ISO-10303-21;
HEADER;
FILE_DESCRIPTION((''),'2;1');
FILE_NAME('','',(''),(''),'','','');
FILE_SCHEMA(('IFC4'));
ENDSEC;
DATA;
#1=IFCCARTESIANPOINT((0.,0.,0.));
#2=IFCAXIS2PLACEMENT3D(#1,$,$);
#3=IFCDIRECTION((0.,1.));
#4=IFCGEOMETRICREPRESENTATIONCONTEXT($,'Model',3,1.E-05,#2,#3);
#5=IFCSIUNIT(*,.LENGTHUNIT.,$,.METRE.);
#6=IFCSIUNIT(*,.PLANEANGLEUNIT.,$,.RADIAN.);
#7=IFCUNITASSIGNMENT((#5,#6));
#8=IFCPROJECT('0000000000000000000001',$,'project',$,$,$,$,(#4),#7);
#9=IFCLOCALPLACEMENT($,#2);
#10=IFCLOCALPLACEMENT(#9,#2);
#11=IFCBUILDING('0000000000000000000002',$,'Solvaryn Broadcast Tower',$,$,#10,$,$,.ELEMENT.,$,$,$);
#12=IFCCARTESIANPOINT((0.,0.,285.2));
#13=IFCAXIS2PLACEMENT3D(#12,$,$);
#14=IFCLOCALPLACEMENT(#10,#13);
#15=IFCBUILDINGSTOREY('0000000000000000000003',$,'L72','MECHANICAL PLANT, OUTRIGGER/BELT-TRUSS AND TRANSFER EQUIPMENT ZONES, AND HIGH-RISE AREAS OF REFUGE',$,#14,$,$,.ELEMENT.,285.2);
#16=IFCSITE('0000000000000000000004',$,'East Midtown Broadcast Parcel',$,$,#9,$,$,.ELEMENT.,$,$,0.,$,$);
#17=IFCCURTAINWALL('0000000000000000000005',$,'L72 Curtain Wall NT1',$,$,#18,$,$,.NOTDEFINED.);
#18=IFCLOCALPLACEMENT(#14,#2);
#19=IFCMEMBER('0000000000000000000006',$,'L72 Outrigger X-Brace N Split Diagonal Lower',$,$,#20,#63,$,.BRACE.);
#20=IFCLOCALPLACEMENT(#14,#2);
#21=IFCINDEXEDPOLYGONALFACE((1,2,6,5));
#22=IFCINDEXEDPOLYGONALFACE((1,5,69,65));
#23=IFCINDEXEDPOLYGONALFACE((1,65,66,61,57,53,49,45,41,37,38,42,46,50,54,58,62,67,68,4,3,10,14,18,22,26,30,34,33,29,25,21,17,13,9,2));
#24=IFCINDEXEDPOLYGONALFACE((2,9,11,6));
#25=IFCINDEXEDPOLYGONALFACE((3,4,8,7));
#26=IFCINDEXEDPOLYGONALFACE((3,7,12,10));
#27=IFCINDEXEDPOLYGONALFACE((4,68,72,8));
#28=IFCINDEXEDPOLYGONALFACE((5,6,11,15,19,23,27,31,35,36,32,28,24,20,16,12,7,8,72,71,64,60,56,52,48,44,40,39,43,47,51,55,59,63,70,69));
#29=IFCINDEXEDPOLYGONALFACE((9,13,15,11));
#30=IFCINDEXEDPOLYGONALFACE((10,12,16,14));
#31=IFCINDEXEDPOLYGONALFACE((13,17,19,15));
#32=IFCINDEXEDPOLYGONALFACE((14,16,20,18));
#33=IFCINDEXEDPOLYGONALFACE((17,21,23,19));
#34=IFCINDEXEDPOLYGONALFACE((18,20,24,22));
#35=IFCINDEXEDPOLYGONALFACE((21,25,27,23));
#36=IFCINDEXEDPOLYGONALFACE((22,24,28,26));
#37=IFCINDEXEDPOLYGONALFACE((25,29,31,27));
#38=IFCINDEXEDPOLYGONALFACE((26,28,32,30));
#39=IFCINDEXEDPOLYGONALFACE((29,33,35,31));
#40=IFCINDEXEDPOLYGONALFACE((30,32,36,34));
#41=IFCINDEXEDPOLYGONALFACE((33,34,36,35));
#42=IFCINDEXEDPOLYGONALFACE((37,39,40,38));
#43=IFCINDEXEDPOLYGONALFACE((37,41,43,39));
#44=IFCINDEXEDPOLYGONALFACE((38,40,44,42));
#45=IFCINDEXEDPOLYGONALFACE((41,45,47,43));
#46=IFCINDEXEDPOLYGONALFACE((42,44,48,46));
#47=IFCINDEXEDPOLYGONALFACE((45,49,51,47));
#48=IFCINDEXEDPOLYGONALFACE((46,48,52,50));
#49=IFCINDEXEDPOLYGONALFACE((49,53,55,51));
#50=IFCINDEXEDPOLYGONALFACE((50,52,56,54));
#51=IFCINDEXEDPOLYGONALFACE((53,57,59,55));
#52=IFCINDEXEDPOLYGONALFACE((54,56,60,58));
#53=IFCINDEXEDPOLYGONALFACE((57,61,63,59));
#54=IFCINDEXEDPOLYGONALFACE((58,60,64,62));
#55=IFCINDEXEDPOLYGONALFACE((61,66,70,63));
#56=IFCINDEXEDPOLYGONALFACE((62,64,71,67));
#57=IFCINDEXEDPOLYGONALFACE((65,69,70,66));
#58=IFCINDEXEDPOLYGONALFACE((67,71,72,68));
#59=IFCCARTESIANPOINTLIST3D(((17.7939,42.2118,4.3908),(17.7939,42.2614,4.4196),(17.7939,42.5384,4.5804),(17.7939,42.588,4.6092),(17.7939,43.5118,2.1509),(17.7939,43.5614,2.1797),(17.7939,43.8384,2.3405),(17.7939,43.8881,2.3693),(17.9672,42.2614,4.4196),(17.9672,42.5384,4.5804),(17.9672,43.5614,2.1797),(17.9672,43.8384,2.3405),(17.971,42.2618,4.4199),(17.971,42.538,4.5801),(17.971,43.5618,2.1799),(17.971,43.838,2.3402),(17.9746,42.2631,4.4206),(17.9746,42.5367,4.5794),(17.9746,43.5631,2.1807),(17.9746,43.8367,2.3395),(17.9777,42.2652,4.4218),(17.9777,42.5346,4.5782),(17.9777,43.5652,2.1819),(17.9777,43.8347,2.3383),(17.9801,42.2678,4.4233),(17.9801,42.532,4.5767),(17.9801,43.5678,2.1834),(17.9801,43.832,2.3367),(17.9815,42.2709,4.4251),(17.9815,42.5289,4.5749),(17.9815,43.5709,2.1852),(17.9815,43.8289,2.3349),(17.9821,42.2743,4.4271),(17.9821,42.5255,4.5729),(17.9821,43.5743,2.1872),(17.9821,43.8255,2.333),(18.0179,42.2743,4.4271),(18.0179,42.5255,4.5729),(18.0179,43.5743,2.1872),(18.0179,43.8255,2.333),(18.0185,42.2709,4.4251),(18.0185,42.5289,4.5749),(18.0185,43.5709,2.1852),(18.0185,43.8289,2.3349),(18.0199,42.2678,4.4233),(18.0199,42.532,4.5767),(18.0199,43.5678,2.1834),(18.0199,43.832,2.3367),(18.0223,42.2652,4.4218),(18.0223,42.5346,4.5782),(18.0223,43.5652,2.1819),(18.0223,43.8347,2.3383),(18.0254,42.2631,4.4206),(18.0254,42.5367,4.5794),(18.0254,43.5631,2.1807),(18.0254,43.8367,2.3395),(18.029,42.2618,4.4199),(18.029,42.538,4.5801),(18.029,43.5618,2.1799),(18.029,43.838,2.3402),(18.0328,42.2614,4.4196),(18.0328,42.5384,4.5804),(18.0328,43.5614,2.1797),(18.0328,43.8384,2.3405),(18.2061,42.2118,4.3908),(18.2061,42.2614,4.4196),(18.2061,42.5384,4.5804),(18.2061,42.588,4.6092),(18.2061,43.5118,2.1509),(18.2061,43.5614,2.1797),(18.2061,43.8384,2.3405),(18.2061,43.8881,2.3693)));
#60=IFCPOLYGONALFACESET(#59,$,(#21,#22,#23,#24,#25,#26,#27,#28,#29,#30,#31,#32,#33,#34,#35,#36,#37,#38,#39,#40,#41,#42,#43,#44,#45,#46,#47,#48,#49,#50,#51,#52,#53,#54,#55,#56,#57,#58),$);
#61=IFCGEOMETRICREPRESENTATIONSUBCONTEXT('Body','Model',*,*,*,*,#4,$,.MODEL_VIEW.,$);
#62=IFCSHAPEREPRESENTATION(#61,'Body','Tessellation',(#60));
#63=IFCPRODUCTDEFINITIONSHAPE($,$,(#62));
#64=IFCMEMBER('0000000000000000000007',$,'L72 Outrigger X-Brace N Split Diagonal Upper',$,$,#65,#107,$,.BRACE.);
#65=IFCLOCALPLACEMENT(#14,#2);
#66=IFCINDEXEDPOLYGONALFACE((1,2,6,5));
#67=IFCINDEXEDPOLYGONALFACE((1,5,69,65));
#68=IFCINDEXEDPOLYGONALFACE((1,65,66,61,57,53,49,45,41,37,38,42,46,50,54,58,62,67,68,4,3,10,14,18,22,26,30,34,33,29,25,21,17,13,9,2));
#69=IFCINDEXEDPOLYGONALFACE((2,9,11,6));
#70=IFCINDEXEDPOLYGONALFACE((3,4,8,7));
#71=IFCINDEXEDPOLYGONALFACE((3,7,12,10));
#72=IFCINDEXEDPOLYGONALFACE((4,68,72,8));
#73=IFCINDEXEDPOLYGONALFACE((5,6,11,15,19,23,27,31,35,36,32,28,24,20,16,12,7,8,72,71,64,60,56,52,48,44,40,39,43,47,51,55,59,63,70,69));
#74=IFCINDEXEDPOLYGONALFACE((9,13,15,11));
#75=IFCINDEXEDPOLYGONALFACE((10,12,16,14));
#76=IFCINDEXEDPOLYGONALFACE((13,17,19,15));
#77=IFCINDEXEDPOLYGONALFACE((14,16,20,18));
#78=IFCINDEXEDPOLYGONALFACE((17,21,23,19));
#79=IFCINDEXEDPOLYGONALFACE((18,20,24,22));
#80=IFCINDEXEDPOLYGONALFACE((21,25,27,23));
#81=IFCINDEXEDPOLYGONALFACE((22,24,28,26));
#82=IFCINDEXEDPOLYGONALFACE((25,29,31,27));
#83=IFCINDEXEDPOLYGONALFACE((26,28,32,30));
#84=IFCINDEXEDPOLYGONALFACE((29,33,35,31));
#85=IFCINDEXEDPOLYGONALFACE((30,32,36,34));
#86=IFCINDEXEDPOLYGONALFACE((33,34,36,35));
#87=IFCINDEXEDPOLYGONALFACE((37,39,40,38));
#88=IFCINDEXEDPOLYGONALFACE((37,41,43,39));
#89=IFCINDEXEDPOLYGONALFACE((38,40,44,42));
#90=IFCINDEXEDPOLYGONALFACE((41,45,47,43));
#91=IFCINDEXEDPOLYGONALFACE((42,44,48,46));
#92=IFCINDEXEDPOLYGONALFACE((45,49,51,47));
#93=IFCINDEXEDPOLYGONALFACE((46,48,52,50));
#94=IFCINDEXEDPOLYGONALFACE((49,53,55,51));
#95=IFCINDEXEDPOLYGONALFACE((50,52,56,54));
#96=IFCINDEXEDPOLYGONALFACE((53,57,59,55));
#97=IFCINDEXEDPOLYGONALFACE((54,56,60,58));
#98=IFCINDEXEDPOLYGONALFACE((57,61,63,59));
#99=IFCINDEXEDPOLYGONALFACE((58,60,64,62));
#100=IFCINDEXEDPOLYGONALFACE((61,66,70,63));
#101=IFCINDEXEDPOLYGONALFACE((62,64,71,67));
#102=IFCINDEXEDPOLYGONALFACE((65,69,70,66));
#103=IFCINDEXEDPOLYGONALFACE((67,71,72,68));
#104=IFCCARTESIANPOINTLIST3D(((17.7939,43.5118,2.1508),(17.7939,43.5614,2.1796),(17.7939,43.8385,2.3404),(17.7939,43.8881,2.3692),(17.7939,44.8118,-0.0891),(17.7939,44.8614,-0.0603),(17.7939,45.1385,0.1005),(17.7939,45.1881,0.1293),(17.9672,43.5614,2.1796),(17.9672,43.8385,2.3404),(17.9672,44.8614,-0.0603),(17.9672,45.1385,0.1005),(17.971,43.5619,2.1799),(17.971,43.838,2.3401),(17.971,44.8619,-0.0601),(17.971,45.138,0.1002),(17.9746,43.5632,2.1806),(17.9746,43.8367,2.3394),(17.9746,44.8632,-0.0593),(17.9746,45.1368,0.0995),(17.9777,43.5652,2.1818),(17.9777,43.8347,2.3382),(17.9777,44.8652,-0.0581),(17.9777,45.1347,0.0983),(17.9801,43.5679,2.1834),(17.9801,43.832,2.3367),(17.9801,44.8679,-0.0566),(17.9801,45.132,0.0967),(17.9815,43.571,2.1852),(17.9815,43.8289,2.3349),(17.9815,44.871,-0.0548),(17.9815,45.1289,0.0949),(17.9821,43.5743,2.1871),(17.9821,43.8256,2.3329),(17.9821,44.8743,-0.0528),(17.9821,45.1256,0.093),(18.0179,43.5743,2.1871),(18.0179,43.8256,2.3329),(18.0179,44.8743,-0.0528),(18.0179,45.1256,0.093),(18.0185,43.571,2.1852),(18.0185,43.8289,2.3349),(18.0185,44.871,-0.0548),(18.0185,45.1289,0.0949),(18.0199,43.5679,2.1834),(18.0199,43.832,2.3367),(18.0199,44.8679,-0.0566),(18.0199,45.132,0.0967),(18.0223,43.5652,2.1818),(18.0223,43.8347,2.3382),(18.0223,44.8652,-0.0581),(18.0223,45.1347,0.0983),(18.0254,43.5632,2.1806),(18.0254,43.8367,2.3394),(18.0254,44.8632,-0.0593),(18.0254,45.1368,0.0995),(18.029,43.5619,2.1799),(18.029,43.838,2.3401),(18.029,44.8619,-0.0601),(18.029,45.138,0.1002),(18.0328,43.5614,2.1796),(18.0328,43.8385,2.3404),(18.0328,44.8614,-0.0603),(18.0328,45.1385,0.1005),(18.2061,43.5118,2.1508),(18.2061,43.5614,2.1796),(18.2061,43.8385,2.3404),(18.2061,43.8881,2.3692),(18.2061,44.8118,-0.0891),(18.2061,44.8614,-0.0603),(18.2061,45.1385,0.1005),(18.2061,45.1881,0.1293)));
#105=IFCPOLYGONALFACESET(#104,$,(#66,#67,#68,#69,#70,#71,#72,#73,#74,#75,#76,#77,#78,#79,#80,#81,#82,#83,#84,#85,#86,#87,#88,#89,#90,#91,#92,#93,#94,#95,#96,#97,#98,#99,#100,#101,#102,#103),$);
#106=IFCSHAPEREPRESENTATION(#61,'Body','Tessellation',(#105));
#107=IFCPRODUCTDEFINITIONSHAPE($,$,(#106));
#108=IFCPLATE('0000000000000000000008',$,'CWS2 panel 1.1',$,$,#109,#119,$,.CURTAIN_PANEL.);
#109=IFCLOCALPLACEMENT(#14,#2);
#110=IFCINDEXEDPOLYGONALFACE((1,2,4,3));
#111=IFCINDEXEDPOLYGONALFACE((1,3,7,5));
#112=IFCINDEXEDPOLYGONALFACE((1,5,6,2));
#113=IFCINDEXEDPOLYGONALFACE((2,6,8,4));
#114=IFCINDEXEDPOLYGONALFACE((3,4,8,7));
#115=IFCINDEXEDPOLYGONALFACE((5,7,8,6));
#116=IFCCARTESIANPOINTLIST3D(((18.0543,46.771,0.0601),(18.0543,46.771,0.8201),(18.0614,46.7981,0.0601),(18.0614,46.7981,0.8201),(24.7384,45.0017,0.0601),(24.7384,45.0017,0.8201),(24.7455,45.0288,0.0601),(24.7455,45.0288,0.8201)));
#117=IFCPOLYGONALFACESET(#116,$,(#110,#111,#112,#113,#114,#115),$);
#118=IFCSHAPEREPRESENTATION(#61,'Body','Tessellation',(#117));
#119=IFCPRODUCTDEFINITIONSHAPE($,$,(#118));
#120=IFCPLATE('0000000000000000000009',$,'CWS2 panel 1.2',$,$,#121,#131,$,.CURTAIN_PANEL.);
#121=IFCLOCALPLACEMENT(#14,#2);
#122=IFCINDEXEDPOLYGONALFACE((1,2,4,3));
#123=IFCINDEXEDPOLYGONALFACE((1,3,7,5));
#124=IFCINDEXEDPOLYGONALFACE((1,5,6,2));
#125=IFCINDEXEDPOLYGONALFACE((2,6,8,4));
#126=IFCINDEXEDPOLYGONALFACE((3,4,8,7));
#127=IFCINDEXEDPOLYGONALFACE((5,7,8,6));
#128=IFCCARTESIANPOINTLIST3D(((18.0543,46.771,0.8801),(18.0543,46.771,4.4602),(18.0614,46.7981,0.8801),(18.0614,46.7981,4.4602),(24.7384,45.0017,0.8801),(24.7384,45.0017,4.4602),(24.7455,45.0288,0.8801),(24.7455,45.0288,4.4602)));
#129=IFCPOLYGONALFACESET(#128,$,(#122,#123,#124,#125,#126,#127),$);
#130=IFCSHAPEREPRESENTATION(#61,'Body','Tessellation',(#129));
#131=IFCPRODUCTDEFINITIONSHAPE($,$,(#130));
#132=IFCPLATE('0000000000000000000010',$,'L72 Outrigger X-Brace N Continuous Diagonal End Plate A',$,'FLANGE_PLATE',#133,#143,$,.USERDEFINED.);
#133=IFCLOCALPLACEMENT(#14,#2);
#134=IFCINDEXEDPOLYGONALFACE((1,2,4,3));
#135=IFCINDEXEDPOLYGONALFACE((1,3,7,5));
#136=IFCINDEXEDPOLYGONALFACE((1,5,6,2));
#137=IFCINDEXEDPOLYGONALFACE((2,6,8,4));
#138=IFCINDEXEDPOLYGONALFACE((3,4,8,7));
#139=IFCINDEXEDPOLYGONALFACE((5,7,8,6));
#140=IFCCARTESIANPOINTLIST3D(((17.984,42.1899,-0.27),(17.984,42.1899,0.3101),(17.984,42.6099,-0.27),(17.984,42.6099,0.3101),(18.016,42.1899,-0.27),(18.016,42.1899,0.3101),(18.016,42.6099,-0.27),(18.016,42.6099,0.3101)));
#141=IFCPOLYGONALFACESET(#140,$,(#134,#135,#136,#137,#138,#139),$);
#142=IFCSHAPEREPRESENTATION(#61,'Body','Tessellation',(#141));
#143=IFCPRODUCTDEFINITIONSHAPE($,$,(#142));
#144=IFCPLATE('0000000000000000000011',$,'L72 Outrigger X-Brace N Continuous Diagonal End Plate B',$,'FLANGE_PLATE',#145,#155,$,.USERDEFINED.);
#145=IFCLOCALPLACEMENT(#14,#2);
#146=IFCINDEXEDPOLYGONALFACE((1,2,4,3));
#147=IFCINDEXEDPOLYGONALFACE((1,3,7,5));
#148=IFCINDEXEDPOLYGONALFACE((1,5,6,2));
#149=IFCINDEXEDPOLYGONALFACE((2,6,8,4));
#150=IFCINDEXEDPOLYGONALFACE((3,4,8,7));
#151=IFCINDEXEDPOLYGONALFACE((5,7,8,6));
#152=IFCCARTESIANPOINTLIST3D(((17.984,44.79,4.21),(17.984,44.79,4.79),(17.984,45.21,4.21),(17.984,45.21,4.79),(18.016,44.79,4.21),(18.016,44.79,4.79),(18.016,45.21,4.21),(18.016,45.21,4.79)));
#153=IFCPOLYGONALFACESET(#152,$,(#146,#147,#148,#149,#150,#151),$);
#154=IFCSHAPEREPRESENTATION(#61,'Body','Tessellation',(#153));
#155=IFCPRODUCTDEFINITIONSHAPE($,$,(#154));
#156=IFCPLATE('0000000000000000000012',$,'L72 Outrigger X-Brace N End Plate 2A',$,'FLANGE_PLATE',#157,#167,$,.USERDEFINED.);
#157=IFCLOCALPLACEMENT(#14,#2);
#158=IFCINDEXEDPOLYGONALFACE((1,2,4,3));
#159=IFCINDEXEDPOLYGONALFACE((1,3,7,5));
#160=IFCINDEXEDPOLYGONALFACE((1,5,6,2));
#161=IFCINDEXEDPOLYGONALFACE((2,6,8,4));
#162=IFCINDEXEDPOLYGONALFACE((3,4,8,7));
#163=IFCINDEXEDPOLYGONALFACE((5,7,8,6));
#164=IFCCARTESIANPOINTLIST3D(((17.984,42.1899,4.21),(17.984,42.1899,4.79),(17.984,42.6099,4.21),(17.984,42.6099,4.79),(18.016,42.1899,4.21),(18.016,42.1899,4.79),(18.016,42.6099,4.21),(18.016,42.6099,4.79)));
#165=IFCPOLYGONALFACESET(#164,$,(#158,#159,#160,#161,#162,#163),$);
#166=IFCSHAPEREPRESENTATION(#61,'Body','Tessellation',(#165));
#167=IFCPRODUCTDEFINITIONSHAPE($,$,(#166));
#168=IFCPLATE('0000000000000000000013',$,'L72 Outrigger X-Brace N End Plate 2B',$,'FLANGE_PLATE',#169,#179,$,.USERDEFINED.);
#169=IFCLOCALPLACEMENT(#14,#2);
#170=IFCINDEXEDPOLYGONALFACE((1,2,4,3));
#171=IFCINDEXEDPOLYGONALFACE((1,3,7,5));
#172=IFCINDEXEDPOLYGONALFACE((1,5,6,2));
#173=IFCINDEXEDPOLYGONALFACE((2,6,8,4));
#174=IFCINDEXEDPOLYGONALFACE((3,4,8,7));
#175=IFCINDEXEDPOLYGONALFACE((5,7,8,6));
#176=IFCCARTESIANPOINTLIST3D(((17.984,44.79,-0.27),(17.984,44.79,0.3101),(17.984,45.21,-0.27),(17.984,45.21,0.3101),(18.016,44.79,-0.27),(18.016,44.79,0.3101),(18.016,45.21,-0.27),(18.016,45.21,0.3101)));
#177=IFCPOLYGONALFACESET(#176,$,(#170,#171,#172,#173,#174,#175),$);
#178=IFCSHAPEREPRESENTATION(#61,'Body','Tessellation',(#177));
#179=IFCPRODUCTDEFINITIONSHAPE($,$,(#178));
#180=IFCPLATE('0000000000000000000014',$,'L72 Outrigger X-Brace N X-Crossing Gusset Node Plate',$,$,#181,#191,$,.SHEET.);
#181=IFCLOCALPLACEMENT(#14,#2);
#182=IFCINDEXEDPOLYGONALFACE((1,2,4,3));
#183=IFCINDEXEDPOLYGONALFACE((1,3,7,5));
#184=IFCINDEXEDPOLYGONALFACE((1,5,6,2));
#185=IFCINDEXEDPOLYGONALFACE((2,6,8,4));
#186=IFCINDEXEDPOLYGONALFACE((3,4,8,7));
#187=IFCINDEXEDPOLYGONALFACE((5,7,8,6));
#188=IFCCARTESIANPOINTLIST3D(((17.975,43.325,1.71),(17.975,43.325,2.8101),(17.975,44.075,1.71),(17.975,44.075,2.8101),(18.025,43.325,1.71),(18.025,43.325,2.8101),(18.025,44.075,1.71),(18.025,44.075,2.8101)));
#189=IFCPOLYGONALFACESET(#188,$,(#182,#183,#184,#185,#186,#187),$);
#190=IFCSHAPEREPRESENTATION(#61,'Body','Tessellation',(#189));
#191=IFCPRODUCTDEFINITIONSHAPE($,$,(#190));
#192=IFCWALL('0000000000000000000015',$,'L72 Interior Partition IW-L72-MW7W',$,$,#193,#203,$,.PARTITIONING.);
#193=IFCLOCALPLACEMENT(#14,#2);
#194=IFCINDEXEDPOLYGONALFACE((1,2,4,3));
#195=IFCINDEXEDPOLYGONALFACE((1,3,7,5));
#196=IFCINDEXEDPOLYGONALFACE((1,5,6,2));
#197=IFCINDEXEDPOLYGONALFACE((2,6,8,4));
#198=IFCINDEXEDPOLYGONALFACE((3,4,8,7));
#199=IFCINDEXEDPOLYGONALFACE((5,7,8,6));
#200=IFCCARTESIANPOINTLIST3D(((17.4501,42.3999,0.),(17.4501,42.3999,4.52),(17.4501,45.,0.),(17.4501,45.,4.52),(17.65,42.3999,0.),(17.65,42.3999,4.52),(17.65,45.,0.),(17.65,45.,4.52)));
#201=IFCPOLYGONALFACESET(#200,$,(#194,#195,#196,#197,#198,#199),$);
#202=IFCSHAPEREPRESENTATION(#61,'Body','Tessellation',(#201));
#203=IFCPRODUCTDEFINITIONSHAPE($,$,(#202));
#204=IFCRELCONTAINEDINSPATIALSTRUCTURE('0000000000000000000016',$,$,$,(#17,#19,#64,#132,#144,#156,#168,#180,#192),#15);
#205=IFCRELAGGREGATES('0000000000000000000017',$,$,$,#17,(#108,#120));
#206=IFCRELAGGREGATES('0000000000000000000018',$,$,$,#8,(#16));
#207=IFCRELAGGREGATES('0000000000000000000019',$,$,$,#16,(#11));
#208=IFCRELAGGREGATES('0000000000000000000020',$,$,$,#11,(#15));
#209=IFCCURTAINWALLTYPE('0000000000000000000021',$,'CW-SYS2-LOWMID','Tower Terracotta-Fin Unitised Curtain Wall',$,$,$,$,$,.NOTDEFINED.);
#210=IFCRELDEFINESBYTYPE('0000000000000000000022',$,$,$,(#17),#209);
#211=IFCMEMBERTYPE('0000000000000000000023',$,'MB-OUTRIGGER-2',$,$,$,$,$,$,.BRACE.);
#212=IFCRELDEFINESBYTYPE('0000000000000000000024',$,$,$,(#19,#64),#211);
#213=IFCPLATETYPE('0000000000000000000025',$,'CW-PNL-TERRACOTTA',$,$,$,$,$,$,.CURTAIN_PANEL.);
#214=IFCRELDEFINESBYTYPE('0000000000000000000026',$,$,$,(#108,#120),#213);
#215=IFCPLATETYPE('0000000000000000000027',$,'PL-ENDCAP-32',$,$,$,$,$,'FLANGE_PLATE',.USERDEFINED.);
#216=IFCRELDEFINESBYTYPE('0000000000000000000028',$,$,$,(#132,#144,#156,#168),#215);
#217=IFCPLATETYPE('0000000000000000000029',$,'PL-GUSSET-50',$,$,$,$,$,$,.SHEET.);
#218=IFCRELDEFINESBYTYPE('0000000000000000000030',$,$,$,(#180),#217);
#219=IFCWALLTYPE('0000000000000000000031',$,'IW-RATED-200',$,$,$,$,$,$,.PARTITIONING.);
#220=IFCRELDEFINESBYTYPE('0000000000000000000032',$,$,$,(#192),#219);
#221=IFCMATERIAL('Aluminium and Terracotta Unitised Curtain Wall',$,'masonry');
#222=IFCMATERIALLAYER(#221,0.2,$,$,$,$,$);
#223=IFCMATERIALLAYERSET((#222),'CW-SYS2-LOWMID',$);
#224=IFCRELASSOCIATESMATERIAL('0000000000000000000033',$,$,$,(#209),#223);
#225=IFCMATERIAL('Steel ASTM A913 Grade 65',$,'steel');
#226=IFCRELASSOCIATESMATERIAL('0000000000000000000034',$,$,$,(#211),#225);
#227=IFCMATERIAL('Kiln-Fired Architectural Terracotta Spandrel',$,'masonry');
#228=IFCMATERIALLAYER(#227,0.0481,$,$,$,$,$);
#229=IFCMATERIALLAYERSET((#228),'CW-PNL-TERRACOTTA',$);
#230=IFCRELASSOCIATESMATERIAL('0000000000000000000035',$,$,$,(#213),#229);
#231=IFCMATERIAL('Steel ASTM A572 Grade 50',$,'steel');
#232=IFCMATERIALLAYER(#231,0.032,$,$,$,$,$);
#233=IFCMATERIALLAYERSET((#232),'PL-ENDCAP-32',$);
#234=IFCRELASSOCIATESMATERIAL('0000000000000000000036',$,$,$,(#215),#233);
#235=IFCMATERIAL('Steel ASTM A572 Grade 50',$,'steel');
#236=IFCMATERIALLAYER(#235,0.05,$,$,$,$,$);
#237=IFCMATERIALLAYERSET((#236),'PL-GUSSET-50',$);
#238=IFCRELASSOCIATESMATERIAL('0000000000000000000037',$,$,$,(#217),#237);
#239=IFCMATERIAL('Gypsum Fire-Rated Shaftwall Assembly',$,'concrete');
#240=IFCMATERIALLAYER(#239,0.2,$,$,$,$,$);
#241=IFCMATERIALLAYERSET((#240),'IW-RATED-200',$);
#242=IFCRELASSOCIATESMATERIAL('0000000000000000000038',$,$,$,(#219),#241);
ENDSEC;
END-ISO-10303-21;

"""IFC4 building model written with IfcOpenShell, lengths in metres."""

from ifc_helpers import new_model, si_unit, direction, frame, frame_2d, origin, origin_2d, place, context, subcontext, project, spatial, rectangle, i_section, extrude, material, layer, layer_set, material_profile, profile_set, type_object, element, aggregate, save


model = new_model("IFC4")

# Units and contexts
model_context = context("Model", 3, precision=1e-05, world=origin(), true_north=direction((0.0, 1.0)))
body_context = subcontext(model_context, "Body", "Model", "MODEL_VIEW")
ifc_project = project(units=[si_unit("LENGTHUNIT", "METRE"), si_unit("PLANEANGLEUNIT", "RADIAN")], contexts=[model_context])

# Site, building, storey
site_placement = place(None, origin())
site = spatial("IfcSite", under=ifc_project, at=site_placement, Name="East Midtown Broadcast Parcel", CompositionType="ELEMENT", RefElevation=0.0)
building_placement = place(site_placement, origin())
building = spatial("IfcBuilding", under=site, at=building_placement, Name="Solvaryn Broadcast Tower", CompositionType="ELEMENT")
storey_placement = place(building_placement, frame((0.0, 0.0, 285.2)))
storey = spatial("IfcBuildingStorey", under=building, at=storey_placement, Name="L72", Description="MECHANICAL PLANT, OUTRIGGER/BELT-TRUSS AND TRANSFER EQUIPMENT ZONES, AND HIGH-RISE AREAS OF REFUGE", CompositionType="ELEMENT", Elevation=285.2)

# Curtain wall
ifc_material_1 = material(Name="Aluminium and Terracotta Unitised Curtain Wall", Category="masonry")
ifc_layer_1 = layer(ifc_material_1, 0.2)
ifc_layer_set_1 = layer_set([ifc_layer_1], Name="CW-SYS2-LOWMID")
curtain_wall_type = type_object("IfcCurtainWallType", Name="CW-SYS2-LOWMID", Description="Tower Terracotta-Fin Unitised Curtain Wall", PredefinedType="NOTDEFINED", material=ifc_layer_set_1)
curtain_wall_1_placement = place(storey_placement, origin())
curtain_wall_1 = element("IfcCurtainWall", 1, at=curtain_wall_1_placement, inside=storey, type_object=curtain_wall_type, Name="L72 Curtain Wall NT1", PredefinedType="NOTDEFINED")

# Members
ifc_material_2 = material(Name="Steel ASTM A913 Grade 65", Category="steel")
ifc_material_profile_1 = material_profile(ifc_material_2, i_section(OverallWidth=0.4121, OverallDepth=0.4351, WebThickness=0.0359, FlangeThickness=0.0574, FilletRadius=0.0149, at=origin_2d()))
ifc_profile_set_1 = profile_set([ifc_material_profile_1], Name="Steel ASTM A913 Grade 65")
member_type_1 = type_object("IfcMemberType", Name="MB-OUTRIGGER-2", PredefinedType="BRACE", material=ifc_profile_set_1)
for number, where, z_axis, x_axis, name in (
    (2, (18.0, 42.3999, 4.5), (0.0, 0.501965, -0.864888), (-1.0, 0.0, 0.0), "L72 Outrigger X-Brace N Split Diagonal Lower"),
    (3, (18.0, 43.7, 2.26), (0.0, 0.501965, -0.864888), (-1.0, 0.0, 0.0), "L72 Outrigger X-Brace N Split Diagonal Upper"),
):
    element("IfcMember", number, at=place(storey_placement, frame(where, z_axis=z_axis, x_axis=x_axis)), inside=storey, type_object=member_type_1, Name=name, PredefinedType="BRACE", context=body_context, shape_type="SweptSolid", body=[
        extrude(i_section(OverallWidth=0.4121, OverallDepth=0.4351, WebThickness=0.0359, FlangeThickness=0.0574, FilletRadius=0.0149, at=origin_2d()), origin(), (0.0, 0.0, 1.0), 2.5898),
    ])

# Plates
ifc_material_3 = material(Name="Kiln-Fired Architectural Terracotta Spandrel", Category="masonry")
ifc_layer_2 = layer(ifc_material_3, 0.0481)
ifc_layer_set_2 = layer_set([ifc_layer_2], Name="CW-PNL-TERRACOTTA")
plate_type_1 = type_object("IfcPlateType", Name="CW-PNL-TERRACOTTA", PredefinedType="CURTAIN_PANEL", material=ifc_layer_set_2)
plate_1_placement = place(storey_placement, frame((21.3999, 45.8999, 0.0601), z_axis=(0.0, 0.0, 1.0), x_axis=(-0.966705, 0.255893, 0.0)))
plate_1 = element("IfcPlate", 4, at=plate_1_placement, type_object=plate_type_1, Name="CWS2 panel 1.1", PredefinedType="CURTAIN_PANEL", context=body_context, shape_type="SweptSolid", body=[
    extrude(rectangle(XDim=6.9143, YDim=0.0281, at=origin_2d()), origin(), (0.0, 0.0, 1.0), 0.76),
])
plate_2_placement = place(storey_placement, frame((21.3999, 45.8999, 0.8801), z_axis=(0.0, 0.0, 1.0), x_axis=(-0.966705, 0.255893, 0.0)))
plate_2 = element("IfcPlate", 5, at=plate_2_placement, type_object=plate_type_1, Name="CWS2 panel 1.2", PredefinedType="CURTAIN_PANEL", context=body_context, shape_type="SweptSolid", body=[
    extrude(rectangle(XDim=6.9143, YDim=0.0281, at=origin_2d()), origin(), (0.0, 0.0, 1.0), 3.5801),
])
aggregate(curtain_wall_1, [plate_1, plate_2])

# Plates
ifc_material_4 = material(Name="Steel ASTM A572 Grade 50", Category="steel")
ifc_layer_3 = layer(ifc_material_4, 0.032)
ifc_layer_set_3 = layer_set([ifc_layer_3], Name="PL-ENDCAP-32")
plate_type_2 = type_object("IfcPlateType", Name="PL-ENDCAP-32", ElementType="FLANGE_PLATE", PredefinedType="USERDEFINED", material=ifc_layer_set_3)
for number, where, z_axis, x_axis, name in (
    (6, (18.0, 42.3999, -0.27), (0.0, 0.0, 1.0), (1.0, 0.0, 0.0), "L72 Outrigger X-Brace N Continuous Diagonal End Plate A"),
    (7, (18.0, 45.0, 4.21), (0.0, 0.0, 1.0), (1.0, 0.0, 0.0), "L72 Outrigger X-Brace N Continuous Diagonal End Plate B"),
    (8, (18.0, 42.3999, 4.21), (0.0, 0.0, 1.0), (1.0, 0.0, 0.0), "L72 Outrigger X-Brace N End Plate 2A"),
    (9, (18.0, 45.0, -0.27), (0.0, 0.0, 1.0), (1.0, 0.0, 0.0), "L72 Outrigger X-Brace N End Plate 2B"),
):
    element("IfcPlate", number, at=place(storey_placement, frame(where, z_axis=z_axis, x_axis=x_axis)), inside=storey, type_object=plate_type_2, Name=name, ObjectType="FLANGE_PLATE", PredefinedType="USERDEFINED", context=body_context, shape_type="SweptSolid", body=[
        extrude(rectangle(XDim=0.032, YDim=0.4199, at=origin_2d()), origin(), (0.0, 0.0, 1.0), 0.5801),
    ])
ifc_material_5 = material(Name="Steel ASTM A572 Grade 50", Category="steel")
ifc_layer_4 = layer(ifc_material_5, 0.05)
ifc_layer_set_4 = layer_set([ifc_layer_4], Name="PL-GUSSET-50")
plate_type_3 = type_object("IfcPlateType", Name="PL-GUSSET-50", PredefinedType="SHEET", material=ifc_layer_set_4)
plate_3_placement = place(storey_placement, frame((18.0, 43.7, 1.71), z_axis=(0.0, 0.0, 1.0), x_axis=(1.0, 0.0, 0.0)))
element("IfcPlate", 10, at=plate_3_placement, inside=storey, type_object=plate_type_3, Name="L72 Outrigger X-Brace N X-Crossing Gusset Node Plate", PredefinedType="SHEET", context=body_context, shape_type="SweptSolid", body=[
    extrude(rectangle(XDim=0.05, YDim=0.75, at=origin_2d()), origin(), (0.0, 0.0, 1.0), 1.1001),
])

# Wall
ifc_material_6 = material(Name="Gypsum Fire-Rated Shaftwall Assembly", Category="concrete")
ifc_layer_5 = layer(ifc_material_6, 0.2)
ifc_layer_set_5 = layer_set([ifc_layer_5], Name="IW-RATED-200")
wall_type_1 = type_object("IfcWallType", Name="IW-RATED-200", PredefinedType="PARTITIONING", material=ifc_layer_set_5)
for number, where, z_axis, x_axis, name in (
    (11, (17.55, 42.3999, 0.0), (0.0, 0.0, 1.0), (0.0, 1.0, 0.0), "L72 Interior Partition IW-L72-MW7W"),
):
    element("IfcWall", number, at=place(storey_placement, frame(where, z_axis=z_axis, x_axis=x_axis)), inside=storey, type_object=wall_type_1, Name=name, PredefinedType="PARTITIONING", context=body_context, shape_type="SweptSolid", body=[
        extrude(rectangle(XDim=2.6001, YDim=0.2, at=frame_2d((1.3, 0.0))), origin(), (0.0, 0.0, 1.0), 4.52),
    ])

save(model, "model.ifc")
